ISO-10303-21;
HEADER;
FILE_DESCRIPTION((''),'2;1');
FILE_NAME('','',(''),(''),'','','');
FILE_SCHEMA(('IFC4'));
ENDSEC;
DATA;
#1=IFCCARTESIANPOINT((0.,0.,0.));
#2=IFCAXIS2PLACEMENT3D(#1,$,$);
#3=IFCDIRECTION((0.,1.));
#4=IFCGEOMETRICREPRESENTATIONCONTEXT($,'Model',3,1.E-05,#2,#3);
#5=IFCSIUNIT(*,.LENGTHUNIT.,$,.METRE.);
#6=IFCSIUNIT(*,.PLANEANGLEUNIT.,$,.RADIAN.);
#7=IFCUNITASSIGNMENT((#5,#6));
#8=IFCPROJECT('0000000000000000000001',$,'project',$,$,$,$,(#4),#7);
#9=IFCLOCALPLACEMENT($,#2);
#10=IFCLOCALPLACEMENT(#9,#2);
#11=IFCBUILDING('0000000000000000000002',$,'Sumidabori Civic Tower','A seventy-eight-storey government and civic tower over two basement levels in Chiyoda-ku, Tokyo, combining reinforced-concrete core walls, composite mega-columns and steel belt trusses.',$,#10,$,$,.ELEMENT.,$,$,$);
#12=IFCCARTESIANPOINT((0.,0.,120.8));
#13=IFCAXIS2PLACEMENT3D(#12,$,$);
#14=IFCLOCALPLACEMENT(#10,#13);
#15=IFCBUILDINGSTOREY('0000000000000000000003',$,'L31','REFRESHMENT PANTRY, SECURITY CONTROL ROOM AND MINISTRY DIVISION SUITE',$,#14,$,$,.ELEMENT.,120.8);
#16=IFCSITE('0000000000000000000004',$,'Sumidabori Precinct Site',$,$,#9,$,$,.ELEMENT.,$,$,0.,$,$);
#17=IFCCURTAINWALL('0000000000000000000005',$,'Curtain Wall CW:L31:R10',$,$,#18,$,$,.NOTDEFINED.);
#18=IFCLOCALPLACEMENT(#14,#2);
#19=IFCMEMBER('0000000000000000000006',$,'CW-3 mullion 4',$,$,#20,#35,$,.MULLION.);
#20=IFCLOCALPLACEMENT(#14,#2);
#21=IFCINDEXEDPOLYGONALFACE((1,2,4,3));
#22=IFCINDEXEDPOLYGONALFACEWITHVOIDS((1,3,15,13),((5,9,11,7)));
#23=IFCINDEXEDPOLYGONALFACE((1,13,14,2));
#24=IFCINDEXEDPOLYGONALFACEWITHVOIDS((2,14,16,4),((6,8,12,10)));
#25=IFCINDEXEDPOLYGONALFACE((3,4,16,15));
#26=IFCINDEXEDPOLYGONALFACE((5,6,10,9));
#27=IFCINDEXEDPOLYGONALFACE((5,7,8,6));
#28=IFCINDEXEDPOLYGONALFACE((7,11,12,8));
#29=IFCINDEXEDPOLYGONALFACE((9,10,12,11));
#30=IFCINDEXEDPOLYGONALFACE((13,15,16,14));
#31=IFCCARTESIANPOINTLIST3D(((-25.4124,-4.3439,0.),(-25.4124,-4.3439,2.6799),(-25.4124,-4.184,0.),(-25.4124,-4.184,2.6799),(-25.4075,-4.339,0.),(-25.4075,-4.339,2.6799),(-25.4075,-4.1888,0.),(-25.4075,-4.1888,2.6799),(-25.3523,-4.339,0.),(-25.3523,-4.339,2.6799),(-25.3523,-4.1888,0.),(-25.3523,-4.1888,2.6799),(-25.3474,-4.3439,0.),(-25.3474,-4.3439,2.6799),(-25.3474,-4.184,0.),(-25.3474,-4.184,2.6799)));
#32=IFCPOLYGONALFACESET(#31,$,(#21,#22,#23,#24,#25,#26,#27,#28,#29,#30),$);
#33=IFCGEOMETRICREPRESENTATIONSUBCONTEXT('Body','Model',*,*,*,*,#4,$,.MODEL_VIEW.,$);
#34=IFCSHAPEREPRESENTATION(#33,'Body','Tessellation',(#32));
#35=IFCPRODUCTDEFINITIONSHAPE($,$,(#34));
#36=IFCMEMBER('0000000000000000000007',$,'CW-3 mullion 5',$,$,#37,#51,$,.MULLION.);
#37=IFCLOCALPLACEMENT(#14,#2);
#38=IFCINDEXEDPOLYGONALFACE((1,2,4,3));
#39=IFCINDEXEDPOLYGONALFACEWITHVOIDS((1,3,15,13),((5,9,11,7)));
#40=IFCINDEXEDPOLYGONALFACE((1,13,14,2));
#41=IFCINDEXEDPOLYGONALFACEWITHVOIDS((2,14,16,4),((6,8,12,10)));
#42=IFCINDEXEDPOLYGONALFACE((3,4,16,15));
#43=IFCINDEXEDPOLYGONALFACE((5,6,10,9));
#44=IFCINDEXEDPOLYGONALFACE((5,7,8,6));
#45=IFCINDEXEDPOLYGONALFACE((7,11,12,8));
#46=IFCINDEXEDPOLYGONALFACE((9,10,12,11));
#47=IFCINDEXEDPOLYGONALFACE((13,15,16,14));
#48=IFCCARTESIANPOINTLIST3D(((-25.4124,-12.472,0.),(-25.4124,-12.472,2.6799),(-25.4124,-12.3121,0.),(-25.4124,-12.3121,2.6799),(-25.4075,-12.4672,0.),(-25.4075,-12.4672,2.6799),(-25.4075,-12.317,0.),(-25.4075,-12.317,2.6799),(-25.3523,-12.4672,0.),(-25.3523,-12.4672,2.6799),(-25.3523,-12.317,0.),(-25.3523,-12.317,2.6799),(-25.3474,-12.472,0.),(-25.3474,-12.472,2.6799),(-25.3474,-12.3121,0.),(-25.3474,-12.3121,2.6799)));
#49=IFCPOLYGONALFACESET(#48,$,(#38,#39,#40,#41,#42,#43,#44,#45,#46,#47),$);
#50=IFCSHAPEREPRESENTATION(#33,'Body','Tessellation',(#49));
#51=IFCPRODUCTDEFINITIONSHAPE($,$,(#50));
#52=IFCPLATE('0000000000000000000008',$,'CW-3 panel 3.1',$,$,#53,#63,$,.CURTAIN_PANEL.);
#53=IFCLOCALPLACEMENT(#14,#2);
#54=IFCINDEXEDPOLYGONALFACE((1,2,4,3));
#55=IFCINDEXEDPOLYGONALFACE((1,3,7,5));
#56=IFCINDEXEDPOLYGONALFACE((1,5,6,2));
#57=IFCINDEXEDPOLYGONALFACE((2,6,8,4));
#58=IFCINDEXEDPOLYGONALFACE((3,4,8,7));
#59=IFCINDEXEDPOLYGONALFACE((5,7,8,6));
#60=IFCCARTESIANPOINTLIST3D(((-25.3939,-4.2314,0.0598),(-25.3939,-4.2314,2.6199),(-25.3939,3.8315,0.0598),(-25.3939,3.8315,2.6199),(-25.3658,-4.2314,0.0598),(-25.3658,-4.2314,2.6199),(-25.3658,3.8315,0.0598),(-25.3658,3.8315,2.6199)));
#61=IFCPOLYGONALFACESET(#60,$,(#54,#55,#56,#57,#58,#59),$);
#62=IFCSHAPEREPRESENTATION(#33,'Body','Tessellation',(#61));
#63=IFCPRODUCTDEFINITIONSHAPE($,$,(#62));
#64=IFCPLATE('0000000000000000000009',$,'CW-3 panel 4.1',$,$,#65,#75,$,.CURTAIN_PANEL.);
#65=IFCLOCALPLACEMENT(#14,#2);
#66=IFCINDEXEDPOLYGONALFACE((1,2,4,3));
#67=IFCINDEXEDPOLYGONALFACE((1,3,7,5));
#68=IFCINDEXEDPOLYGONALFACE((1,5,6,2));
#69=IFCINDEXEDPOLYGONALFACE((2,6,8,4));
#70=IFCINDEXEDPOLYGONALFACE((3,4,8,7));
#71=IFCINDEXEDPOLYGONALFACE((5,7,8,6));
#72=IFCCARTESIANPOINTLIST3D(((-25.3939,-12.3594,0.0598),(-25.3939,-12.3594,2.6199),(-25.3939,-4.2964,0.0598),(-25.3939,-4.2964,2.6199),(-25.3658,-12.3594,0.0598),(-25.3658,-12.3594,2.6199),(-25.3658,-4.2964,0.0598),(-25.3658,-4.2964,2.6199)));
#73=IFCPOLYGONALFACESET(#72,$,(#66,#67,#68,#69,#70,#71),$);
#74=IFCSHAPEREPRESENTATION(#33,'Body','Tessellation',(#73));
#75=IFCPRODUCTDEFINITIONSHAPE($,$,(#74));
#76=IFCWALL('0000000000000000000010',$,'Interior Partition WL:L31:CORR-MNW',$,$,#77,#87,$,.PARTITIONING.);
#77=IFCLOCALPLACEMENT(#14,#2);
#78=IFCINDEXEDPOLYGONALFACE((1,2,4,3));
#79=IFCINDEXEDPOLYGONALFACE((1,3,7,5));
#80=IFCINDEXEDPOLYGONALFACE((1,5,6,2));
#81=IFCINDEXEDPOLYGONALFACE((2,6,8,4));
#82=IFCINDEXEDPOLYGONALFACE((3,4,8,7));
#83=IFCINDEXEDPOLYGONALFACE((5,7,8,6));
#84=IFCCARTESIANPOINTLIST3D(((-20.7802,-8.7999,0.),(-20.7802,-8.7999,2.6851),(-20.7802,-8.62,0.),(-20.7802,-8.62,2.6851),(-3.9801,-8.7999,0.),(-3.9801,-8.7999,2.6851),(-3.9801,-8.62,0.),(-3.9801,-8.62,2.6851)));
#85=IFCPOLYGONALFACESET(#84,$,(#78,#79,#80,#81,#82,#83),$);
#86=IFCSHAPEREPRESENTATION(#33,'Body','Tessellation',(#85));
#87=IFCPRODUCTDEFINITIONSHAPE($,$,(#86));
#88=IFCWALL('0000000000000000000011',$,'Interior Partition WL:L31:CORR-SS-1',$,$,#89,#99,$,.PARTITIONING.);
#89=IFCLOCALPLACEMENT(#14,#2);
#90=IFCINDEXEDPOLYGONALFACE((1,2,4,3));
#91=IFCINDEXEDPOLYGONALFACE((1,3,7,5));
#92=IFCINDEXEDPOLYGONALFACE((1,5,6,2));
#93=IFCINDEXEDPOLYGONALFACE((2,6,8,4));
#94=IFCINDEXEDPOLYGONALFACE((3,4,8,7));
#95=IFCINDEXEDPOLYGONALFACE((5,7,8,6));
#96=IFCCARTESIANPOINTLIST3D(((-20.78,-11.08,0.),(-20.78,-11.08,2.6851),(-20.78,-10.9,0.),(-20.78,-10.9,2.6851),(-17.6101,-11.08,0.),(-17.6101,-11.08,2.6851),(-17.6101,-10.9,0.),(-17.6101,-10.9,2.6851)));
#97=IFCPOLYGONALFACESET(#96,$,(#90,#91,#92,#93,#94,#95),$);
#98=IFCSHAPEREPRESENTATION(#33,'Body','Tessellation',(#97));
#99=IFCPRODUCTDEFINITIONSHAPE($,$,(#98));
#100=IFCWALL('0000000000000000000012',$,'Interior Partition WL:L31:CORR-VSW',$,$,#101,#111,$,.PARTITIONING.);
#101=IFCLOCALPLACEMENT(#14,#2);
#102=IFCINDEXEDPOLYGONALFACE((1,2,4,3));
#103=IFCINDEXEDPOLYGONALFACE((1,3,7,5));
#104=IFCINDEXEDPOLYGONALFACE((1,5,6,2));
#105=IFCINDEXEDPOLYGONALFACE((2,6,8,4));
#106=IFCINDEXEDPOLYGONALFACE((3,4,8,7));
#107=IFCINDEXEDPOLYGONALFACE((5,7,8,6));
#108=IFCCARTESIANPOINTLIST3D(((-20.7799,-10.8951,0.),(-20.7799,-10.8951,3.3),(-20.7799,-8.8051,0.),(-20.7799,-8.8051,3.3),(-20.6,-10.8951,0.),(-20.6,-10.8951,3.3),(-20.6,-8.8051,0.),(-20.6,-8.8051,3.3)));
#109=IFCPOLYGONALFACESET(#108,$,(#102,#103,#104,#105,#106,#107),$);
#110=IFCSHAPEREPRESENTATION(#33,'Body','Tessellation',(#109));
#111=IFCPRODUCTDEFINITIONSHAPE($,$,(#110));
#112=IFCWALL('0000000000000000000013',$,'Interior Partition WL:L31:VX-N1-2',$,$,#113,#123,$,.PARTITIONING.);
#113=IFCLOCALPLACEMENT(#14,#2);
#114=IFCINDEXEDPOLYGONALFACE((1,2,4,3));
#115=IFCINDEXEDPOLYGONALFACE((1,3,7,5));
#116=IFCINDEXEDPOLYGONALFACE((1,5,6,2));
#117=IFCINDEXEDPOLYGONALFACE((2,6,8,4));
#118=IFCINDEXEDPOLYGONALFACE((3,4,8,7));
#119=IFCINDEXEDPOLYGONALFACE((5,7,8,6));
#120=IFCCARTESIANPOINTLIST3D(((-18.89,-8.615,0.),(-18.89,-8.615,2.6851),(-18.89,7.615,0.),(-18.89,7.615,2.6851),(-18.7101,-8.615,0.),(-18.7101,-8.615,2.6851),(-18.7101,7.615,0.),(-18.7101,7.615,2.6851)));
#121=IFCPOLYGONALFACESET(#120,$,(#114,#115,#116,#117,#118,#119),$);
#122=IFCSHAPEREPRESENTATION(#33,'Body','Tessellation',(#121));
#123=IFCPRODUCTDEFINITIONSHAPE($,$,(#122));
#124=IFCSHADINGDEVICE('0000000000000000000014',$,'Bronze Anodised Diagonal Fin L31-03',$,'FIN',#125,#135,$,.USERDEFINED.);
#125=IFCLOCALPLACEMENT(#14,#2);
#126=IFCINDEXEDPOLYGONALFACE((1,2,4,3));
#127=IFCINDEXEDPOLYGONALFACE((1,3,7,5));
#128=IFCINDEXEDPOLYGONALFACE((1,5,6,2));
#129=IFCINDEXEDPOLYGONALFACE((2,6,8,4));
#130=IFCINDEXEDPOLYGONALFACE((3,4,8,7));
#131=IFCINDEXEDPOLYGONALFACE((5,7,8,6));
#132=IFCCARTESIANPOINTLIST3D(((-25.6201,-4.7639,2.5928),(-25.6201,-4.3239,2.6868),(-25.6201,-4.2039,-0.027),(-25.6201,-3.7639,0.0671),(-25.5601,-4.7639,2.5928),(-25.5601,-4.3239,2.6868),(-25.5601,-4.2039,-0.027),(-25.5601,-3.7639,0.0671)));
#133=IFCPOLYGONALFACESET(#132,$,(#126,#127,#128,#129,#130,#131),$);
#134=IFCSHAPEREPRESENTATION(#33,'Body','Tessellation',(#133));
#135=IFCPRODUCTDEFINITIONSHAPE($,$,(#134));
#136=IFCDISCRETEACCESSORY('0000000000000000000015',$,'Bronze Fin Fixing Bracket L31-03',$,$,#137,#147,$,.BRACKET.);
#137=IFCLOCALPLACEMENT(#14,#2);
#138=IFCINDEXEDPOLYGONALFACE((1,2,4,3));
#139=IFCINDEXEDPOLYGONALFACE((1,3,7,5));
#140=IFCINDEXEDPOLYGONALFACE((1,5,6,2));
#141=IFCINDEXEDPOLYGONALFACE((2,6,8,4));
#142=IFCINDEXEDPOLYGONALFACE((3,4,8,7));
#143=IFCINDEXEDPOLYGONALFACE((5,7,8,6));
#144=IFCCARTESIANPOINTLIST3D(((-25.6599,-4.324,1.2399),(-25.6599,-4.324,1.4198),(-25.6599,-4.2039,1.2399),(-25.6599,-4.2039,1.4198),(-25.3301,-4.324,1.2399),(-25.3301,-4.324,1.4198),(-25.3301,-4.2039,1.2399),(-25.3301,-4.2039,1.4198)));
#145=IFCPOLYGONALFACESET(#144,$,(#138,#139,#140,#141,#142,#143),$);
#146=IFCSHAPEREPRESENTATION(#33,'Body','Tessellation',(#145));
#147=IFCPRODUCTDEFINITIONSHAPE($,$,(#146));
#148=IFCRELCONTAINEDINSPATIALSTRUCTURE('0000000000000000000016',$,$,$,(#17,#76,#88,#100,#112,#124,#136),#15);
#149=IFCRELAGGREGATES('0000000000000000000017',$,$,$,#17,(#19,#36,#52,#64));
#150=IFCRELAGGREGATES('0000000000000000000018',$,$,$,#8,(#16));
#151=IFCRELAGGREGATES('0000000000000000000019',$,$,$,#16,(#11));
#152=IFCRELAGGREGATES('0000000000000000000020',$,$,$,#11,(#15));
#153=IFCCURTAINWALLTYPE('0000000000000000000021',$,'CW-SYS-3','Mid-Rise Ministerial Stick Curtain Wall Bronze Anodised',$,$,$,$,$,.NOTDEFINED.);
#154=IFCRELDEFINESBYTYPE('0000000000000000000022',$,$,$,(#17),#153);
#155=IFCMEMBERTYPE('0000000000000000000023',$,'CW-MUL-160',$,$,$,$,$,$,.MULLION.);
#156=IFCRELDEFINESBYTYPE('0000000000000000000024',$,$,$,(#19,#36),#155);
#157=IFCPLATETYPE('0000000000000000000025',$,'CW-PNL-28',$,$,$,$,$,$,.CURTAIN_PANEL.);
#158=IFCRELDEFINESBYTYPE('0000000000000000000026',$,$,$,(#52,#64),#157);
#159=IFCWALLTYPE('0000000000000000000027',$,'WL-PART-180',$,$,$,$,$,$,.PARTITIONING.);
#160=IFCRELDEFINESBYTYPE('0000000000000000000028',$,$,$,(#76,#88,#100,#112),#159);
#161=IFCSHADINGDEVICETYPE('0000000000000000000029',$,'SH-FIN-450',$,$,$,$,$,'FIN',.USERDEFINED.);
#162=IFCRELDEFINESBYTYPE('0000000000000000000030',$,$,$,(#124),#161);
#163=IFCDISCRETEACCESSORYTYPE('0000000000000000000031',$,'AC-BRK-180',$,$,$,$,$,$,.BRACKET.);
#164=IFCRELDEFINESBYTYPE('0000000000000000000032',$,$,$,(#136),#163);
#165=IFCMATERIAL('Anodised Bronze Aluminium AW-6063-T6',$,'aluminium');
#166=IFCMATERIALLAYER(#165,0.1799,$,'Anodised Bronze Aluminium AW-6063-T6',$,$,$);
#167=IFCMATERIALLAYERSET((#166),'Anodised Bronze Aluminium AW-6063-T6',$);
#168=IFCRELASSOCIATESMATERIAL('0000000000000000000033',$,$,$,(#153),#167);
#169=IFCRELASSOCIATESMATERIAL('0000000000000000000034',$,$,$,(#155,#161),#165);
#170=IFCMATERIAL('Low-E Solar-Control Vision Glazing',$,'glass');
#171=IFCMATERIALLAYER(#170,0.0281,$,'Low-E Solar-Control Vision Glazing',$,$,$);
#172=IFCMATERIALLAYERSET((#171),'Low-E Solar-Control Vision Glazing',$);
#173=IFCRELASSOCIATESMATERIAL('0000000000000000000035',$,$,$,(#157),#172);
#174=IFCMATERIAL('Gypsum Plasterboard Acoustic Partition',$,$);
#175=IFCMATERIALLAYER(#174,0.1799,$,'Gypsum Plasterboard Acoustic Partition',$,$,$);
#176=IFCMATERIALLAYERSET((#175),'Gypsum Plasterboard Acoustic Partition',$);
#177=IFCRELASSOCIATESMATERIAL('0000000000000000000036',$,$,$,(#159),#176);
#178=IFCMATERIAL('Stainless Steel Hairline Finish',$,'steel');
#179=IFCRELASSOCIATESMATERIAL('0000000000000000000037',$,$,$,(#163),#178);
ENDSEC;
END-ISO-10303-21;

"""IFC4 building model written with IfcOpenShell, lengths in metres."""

from ifc_helpers import new_model, si_unit, direction, frame, frame_2d, origin, origin_2d, place, context, subcontext, project, spatial, rectangle, hollow_rectangle, extrude, source, transform, mapped, material, layer, layer_set, material_profile, profile_set, type_object, element, aggregate, save


model = new_model("IFC4")

# Units and contexts
model_context = context("Model", 3, precision=1e-05, world=origin(), true_north=direction((0.0, 1.0)))
body_context = subcontext(model_context, "Body", "Model", "MODEL_VIEW")
ifc_project = project(units=[si_unit("LENGTHUNIT", "METRE"), si_unit("PLANEANGLEUNIT", "RADIAN")], contexts=[model_context])

# Site, building, storey
site_placement = place(None, origin())
site = spatial("IfcSite", under=ifc_project, at=site_placement, Name="Sumidabori Precinct Site", CompositionType="ELEMENT", RefElevation=0.0)
building_placement = place(site_placement, origin())
building = spatial("IfcBuilding", under=site, at=building_placement, Name="Sumidabori Civic Tower", Description="A seventy-eight-storey government and civic tower over two basement levels in Chiyoda-ku, Tokyo, combining reinforced-concrete core walls, composite mega-columns and steel belt trusses.", CompositionType="ELEMENT")
storey_placement = place(building_placement, frame((0.0, 0.0, 120.8)))
storey = spatial("IfcBuildingStorey", under=building, at=storey_placement, Name="L31", Description="REFRESHMENT PANTRY, SECURITY CONTROL ROOM AND MINISTRY DIVISION SUITE", CompositionType="ELEMENT", Elevation=120.8)

# Curtain wall, members, plates
ifc_material_1 = material(Name="Anodised Bronze Aluminium AW-6063-T6", Category="aluminium")
ifc_layer_1 = layer(ifc_material_1, 0.1799, Name="Anodised Bronze Aluminium AW-6063-T6")
ifc_layer_set_1 = layer_set([ifc_layer_1], Name="Anodised Bronze Aluminium AW-6063-T6")
curtain_wall_type = type_object("IfcCurtainWallType", Name="CW-SYS-3", Description="Mid-Rise Ministerial Stick Curtain Wall Bronze Anodised", PredefinedType="NOTDEFINED", material=ifc_layer_set_1)
curtain_wall_placement = place(storey_placement, origin())
curtain_wall = element("IfcCurtainWall", 1, at=curtain_wall_placement, inside=storey, type_object=curtain_wall_type, Name="Curtain Wall CW:L31:R10", PredefinedType="NOTDEFINED")
ifc_material_profile_1 = material_profile(ifc_material_1, hollow_rectangle(XDim=0.0649, YDim=0.1599, WallThickness=0.0049, at=origin_2d()), Name="ALU MULLION 160x65")
ifc_profile_set_1 = profile_set([ifc_material_profile_1], Name="Anodised Bronze Aluminium AW-6063-T6")
member_type_1 = type_object("IfcMemberType", Name="CW-MUL-160", PredefinedType="MULLION", material=ifc_profile_set_1)
shared_shape_1 = source(origin(), body_context, "Body", "SweptSolid", [
    extrude(hollow_rectangle(XDim=0.0649, YDim=0.1599, WallThickness=0.0049, at=origin_2d()), origin(), (0.0, 0.0, 1.0), 2.6799),
])
member_1_placement = place(storey_placement, frame((-25.3799, -4.2639, 0.0), z_axis=(0.0, 0.0, 1.0), x_axis=(1.0, 0.0, 0.0)))
member_1 = element("IfcMember", 2, at=member_1_placement, type_object=member_type_1, Name="CW-3 mullion 4", PredefinedType="MULLION", context=body_context, shape_type="MappedRepresentation", body=[
    mapped(shared_shape_1, transform((0.0, 0.0, 0.0), x_axis=(1.0, 0.0, 0.0), y_axis=(0.0, 1.0, 0.0), z_axis=(0.0, 0.0, 1.0), scale=1.0)),
])
member_2_placement = place(storey_placement, frame((-25.3799, -12.3921, 0.0), z_axis=(0.0, 0.0, 1.0), x_axis=(1.0, 0.0, 0.0)))
member_2 = element("IfcMember", 3, at=member_2_placement, type_object=member_type_1, Name="CW-3 mullion 5", PredefinedType="MULLION", context=body_context, shape_type="MappedRepresentation", body=[
    mapped(shared_shape_1, transform((0.0, 0.0, 0.0), x_axis=(1.0, 0.0, 0.0), y_axis=(0.0, 1.0, 0.0), z_axis=(0.0, 0.0, 1.0), scale=1.0)),
])
ifc_material_2 = material(Name="Low-E Solar-Control Vision Glazing", Category="glass")
ifc_layer_2 = layer(ifc_material_2, 0.0281, Name="Low-E Solar-Control Vision Glazing")
ifc_layer_set_2 = layer_set([ifc_layer_2], Name="Low-E Solar-Control Vision Glazing")
plate_type = type_object("IfcPlateType", Name="CW-PNL-28", PredefinedType="CURTAIN_PANEL", material=ifc_layer_set_2)
shared_shape_2 = source(origin(), body_context, "Body", "SweptSolid", [
    extrude(rectangle(XDim=8.063, YDim=0.0281, at=origin_2d()), origin(), (0.0, 0.0, 1.0), 2.5601),
])
plate_1_placement = place(storey_placement, frame((-25.3799, -0.2, 0.0598), z_axis=(0.0, 0.0, 1.0), x_axis=(0.0, -1.0, 0.0)))
plate_1 = element("IfcPlate", 4, at=plate_1_placement, type_object=plate_type, Name="CW-3 panel 3.1", PredefinedType="CURTAIN_PANEL", context=body_context, shape_type="MappedRepresentation", body=[
    mapped(shared_shape_2, transform((0.0, 0.0, 0.0), x_axis=(1.0, 0.0, 0.0), y_axis=(0.0, 1.0, 0.0), z_axis=(0.0, 0.0, 1.0), scale=1.0)),
])
plate_2_placement = place(storey_placement, frame((-25.3799, -8.3279, 0.0598), z_axis=(0.0, 0.0, 1.0), x_axis=(0.0, -1.0, 0.0)))
plate_2 = element("IfcPlate", 5, at=plate_2_placement, type_object=plate_type, Name="CW-3 panel 4.1", PredefinedType="CURTAIN_PANEL", context=body_context, shape_type="MappedRepresentation", body=[
    mapped(shared_shape_2, transform((0.0, 0.0, 0.0), x_axis=(1.0, 0.0, 0.0), y_axis=(0.0, 1.0, 0.0), z_axis=(0.0, 0.0, 1.0), scale=1.0)),
])
aggregate(curtain_wall, [member_1, member_2, plate_1, plate_2])

# Walls
ifc_material_3 = material(Name="Gypsum Plasterboard Acoustic Partition")
ifc_layer_3 = layer(ifc_material_3, 0.1799, Name="Gypsum Plasterboard Acoustic Partition")
ifc_layer_set_3 = layer_set([ifc_layer_3], Name="Gypsum Plasterboard Acoustic Partition")
wall_type = type_object("IfcWallType", Name="WL-PART-180", PredefinedType="PARTITIONING", material=ifc_layer_set_3)
shared_shape_3 = source(origin(), body_context, "Body", "SweptSolid", [
    extrude(rectangle(XDim=16.8, YDim=0.1799, at=frame_2d((8.3999, 0.0))), origin(), (0.0, 0.0, 1.0), 2.6851),
])
wall_1_placement = place(storey_placement, frame((-20.78, -8.71, 0.0), z_axis=(0.0, 0.0, 1.0), x_axis=(1.0, 0.0, 0.0)))
element("IfcWall", 6, at=wall_1_placement, inside=storey, type_object=wall_type, Name="Interior Partition WL:L31:CORR-MNW", PredefinedType="PARTITIONING", context=body_context, shape_type="MappedRepresentation", body=[
    mapped(shared_shape_3, transform((0.0, 0.0, 0.0), x_axis=(1.0, 0.0, 0.0), y_axis=(0.0, 1.0, 0.0), z_axis=(0.0, 0.0, 1.0), scale=1.0)),
])
shared_shape_4 = source(origin(), body_context, "Body", "SweptSolid", [
    extrude(rectangle(XDim=3.1699, YDim=0.1799, at=frame_2d((1.585, 0.0))), origin(), (0.0, 0.0, 1.0), 2.6851),
])
wall_2_placement = place(storey_placement, frame((-20.78, -10.99, 0.0), z_axis=(0.0, 0.0, 1.0), x_axis=(1.0, 0.0, 0.0)))
element("IfcWall", 7, at=wall_2_placement, inside=storey, type_object=wall_type, Name="Interior Partition WL:L31:CORR-SS-1", PredefinedType="PARTITIONING", context=body_context, shape_type="MappedRepresentation", body=[
    mapped(shared_shape_4, transform((0.0, 0.0, 0.0), x_axis=(1.0, 0.0, 0.0), y_axis=(0.0, 1.0, 0.0), z_axis=(0.0, 0.0, 1.0), scale=1.0)),
])
shared_shape_5 = source(origin(), body_context, "Body", "SweptSolid", [
    extrude(rectangle(XDim=2.0901, YDim=0.1799, at=frame_2d((1.0449, 0.0))), origin(), (0.0, 0.0, 1.0), 3.3),
])
wall_3_placement = place(storey_placement, frame((-20.6899, -10.895, 0.0), z_axis=(0.0, 0.0, 1.0), x_axis=(0.0, 1.0, 0.0)))
element("IfcWall", 8, at=wall_3_placement, inside=storey, type_object=wall_type, Name="Interior Partition WL:L31:CORR-VSW", PredefinedType="PARTITIONING", context=body_context, shape_type="MappedRepresentation", body=[
    mapped(shared_shape_5, transform((0.0, 0.0, 0.0), x_axis=(1.0, 0.0, 0.0), y_axis=(0.0, 1.0, 0.0), z_axis=(0.0, 0.0, 1.0), scale=1.0)),
])
shared_shape_6 = source(origin(), body_context, "Body", "SweptSolid", [
    extrude(rectangle(XDim=16.23, YDim=0.1799, at=frame_2d((8.115, 0.0))), origin(), (0.0, 0.0, 1.0), 2.6851),
])
wall_4_placement = place(storey_placement, frame((-18.8, -8.615, 0.0), z_axis=(0.0, 0.0, 1.0), x_axis=(0.0, 1.0, 0.0)))
element("IfcWall", 9, at=wall_4_placement, inside=storey, type_object=wall_type, Name="Interior Partition WL:L31:VX-N1-2", PredefinedType="PARTITIONING", context=body_context, shape_type="MappedRepresentation", body=[
    mapped(shared_shape_6, transform((0.0, 0.0, 0.0), x_axis=(1.0, 0.0, 0.0), y_axis=(0.0, 1.0, 0.0), z_axis=(0.0, 0.0, 1.0), scale=1.0)),
])

# Shading device
ifc_material_profile_2 = material_profile(ifc_material_1, rectangle(XDim=0.0601, YDim=0.45, at=origin_2d()), Name="BRONZE FIN 450x60")
ifc_profile_set_2 = profile_set([ifc_material_profile_2], Name="Anodised Bronze Aluminium AW-6063-T6")
shading_device_type = type_object("IfcShadingDeviceType", Name="SH-FIN-450", ElementType="FIN", PredefinedType="USERDEFINED", material=ifc_profile_set_2)
shared_shape_7 = source(origin(), body_context, "Body", "SweptSolid", [
    extrude(rectangle(XDim=0.0601, YDim=0.45, at=origin_2d()), origin(), (0.0, 0.0, 1.0), 2.679),
])
shading_device_placement = place(storey_placement, frame((-25.5901, -3.9839, 0.02), z_axis=(0.0, -0.20905, 0.977905), x_axis=(-1.0, 0.0, 0.0)))
element("IfcShadingDevice", 10, at=shading_device_placement, inside=storey, type_object=shading_device_type, Name="Bronze Anodised Diagonal Fin L31-03", ObjectType="FIN", PredefinedType="USERDEFINED", context=body_context, shape_type="MappedRepresentation", body=[
    mapped(shared_shape_7, transform((0.0, 0.0, 0.0), x_axis=(1.0, 0.0, 0.0), y_axis=(0.0, 1.0, 0.0), z_axis=(0.0, 0.0, 1.0), scale=1.0)),
])

# Discrete accessory
ifc_material_4 = material(Name="Stainless Steel Hairline Finish", Category="steel")
ifc_material_profile_3 = material_profile(ifc_material_4, rectangle(XDim=0.1201, YDim=0.1799, at=origin_2d()), Name="STEEL BRACKET 180x120")
ifc_profile_set_3 = profile_set([ifc_material_profile_3], Name="Stainless Steel Hairline Finish")
discrete_accessory_type = type_object("IfcDiscreteAccessoryType", Name="AC-BRK-180", PredefinedType="BRACKET", material=ifc_profile_set_3)
shared_shape_8 = source(origin(), body_context, "Body", "SweptSolid", [
    extrude(rectangle(XDim=0.1201, YDim=0.1799, at=origin_2d()), origin(), (0.0, 0.0, 1.0), 0.3298),
])
discrete_accessory_placement = place(storey_placement, frame((-25.3301, -4.2639, 1.3298), z_axis=(-1.0, 0.0, 0.0), x_axis=(0.0, -1.0, 0.0)))
element("IfcDiscreteAccessory", 11, at=discrete_accessory_placement, inside=storey, type_object=discrete_accessory_type, Name="Bronze Fin Fixing Bracket L31-03", PredefinedType="BRACKET", context=body_context, shape_type="MappedRepresentation", body=[
    mapped(shared_shape_8, transform((0.0, 0.0, 0.0), x_axis=(1.0, 0.0, 0.0), y_axis=(0.0, 1.0, 0.0), z_axis=(0.0, 0.0, 1.0), scale=1.0)),
])

save(model, "model.ifc")
